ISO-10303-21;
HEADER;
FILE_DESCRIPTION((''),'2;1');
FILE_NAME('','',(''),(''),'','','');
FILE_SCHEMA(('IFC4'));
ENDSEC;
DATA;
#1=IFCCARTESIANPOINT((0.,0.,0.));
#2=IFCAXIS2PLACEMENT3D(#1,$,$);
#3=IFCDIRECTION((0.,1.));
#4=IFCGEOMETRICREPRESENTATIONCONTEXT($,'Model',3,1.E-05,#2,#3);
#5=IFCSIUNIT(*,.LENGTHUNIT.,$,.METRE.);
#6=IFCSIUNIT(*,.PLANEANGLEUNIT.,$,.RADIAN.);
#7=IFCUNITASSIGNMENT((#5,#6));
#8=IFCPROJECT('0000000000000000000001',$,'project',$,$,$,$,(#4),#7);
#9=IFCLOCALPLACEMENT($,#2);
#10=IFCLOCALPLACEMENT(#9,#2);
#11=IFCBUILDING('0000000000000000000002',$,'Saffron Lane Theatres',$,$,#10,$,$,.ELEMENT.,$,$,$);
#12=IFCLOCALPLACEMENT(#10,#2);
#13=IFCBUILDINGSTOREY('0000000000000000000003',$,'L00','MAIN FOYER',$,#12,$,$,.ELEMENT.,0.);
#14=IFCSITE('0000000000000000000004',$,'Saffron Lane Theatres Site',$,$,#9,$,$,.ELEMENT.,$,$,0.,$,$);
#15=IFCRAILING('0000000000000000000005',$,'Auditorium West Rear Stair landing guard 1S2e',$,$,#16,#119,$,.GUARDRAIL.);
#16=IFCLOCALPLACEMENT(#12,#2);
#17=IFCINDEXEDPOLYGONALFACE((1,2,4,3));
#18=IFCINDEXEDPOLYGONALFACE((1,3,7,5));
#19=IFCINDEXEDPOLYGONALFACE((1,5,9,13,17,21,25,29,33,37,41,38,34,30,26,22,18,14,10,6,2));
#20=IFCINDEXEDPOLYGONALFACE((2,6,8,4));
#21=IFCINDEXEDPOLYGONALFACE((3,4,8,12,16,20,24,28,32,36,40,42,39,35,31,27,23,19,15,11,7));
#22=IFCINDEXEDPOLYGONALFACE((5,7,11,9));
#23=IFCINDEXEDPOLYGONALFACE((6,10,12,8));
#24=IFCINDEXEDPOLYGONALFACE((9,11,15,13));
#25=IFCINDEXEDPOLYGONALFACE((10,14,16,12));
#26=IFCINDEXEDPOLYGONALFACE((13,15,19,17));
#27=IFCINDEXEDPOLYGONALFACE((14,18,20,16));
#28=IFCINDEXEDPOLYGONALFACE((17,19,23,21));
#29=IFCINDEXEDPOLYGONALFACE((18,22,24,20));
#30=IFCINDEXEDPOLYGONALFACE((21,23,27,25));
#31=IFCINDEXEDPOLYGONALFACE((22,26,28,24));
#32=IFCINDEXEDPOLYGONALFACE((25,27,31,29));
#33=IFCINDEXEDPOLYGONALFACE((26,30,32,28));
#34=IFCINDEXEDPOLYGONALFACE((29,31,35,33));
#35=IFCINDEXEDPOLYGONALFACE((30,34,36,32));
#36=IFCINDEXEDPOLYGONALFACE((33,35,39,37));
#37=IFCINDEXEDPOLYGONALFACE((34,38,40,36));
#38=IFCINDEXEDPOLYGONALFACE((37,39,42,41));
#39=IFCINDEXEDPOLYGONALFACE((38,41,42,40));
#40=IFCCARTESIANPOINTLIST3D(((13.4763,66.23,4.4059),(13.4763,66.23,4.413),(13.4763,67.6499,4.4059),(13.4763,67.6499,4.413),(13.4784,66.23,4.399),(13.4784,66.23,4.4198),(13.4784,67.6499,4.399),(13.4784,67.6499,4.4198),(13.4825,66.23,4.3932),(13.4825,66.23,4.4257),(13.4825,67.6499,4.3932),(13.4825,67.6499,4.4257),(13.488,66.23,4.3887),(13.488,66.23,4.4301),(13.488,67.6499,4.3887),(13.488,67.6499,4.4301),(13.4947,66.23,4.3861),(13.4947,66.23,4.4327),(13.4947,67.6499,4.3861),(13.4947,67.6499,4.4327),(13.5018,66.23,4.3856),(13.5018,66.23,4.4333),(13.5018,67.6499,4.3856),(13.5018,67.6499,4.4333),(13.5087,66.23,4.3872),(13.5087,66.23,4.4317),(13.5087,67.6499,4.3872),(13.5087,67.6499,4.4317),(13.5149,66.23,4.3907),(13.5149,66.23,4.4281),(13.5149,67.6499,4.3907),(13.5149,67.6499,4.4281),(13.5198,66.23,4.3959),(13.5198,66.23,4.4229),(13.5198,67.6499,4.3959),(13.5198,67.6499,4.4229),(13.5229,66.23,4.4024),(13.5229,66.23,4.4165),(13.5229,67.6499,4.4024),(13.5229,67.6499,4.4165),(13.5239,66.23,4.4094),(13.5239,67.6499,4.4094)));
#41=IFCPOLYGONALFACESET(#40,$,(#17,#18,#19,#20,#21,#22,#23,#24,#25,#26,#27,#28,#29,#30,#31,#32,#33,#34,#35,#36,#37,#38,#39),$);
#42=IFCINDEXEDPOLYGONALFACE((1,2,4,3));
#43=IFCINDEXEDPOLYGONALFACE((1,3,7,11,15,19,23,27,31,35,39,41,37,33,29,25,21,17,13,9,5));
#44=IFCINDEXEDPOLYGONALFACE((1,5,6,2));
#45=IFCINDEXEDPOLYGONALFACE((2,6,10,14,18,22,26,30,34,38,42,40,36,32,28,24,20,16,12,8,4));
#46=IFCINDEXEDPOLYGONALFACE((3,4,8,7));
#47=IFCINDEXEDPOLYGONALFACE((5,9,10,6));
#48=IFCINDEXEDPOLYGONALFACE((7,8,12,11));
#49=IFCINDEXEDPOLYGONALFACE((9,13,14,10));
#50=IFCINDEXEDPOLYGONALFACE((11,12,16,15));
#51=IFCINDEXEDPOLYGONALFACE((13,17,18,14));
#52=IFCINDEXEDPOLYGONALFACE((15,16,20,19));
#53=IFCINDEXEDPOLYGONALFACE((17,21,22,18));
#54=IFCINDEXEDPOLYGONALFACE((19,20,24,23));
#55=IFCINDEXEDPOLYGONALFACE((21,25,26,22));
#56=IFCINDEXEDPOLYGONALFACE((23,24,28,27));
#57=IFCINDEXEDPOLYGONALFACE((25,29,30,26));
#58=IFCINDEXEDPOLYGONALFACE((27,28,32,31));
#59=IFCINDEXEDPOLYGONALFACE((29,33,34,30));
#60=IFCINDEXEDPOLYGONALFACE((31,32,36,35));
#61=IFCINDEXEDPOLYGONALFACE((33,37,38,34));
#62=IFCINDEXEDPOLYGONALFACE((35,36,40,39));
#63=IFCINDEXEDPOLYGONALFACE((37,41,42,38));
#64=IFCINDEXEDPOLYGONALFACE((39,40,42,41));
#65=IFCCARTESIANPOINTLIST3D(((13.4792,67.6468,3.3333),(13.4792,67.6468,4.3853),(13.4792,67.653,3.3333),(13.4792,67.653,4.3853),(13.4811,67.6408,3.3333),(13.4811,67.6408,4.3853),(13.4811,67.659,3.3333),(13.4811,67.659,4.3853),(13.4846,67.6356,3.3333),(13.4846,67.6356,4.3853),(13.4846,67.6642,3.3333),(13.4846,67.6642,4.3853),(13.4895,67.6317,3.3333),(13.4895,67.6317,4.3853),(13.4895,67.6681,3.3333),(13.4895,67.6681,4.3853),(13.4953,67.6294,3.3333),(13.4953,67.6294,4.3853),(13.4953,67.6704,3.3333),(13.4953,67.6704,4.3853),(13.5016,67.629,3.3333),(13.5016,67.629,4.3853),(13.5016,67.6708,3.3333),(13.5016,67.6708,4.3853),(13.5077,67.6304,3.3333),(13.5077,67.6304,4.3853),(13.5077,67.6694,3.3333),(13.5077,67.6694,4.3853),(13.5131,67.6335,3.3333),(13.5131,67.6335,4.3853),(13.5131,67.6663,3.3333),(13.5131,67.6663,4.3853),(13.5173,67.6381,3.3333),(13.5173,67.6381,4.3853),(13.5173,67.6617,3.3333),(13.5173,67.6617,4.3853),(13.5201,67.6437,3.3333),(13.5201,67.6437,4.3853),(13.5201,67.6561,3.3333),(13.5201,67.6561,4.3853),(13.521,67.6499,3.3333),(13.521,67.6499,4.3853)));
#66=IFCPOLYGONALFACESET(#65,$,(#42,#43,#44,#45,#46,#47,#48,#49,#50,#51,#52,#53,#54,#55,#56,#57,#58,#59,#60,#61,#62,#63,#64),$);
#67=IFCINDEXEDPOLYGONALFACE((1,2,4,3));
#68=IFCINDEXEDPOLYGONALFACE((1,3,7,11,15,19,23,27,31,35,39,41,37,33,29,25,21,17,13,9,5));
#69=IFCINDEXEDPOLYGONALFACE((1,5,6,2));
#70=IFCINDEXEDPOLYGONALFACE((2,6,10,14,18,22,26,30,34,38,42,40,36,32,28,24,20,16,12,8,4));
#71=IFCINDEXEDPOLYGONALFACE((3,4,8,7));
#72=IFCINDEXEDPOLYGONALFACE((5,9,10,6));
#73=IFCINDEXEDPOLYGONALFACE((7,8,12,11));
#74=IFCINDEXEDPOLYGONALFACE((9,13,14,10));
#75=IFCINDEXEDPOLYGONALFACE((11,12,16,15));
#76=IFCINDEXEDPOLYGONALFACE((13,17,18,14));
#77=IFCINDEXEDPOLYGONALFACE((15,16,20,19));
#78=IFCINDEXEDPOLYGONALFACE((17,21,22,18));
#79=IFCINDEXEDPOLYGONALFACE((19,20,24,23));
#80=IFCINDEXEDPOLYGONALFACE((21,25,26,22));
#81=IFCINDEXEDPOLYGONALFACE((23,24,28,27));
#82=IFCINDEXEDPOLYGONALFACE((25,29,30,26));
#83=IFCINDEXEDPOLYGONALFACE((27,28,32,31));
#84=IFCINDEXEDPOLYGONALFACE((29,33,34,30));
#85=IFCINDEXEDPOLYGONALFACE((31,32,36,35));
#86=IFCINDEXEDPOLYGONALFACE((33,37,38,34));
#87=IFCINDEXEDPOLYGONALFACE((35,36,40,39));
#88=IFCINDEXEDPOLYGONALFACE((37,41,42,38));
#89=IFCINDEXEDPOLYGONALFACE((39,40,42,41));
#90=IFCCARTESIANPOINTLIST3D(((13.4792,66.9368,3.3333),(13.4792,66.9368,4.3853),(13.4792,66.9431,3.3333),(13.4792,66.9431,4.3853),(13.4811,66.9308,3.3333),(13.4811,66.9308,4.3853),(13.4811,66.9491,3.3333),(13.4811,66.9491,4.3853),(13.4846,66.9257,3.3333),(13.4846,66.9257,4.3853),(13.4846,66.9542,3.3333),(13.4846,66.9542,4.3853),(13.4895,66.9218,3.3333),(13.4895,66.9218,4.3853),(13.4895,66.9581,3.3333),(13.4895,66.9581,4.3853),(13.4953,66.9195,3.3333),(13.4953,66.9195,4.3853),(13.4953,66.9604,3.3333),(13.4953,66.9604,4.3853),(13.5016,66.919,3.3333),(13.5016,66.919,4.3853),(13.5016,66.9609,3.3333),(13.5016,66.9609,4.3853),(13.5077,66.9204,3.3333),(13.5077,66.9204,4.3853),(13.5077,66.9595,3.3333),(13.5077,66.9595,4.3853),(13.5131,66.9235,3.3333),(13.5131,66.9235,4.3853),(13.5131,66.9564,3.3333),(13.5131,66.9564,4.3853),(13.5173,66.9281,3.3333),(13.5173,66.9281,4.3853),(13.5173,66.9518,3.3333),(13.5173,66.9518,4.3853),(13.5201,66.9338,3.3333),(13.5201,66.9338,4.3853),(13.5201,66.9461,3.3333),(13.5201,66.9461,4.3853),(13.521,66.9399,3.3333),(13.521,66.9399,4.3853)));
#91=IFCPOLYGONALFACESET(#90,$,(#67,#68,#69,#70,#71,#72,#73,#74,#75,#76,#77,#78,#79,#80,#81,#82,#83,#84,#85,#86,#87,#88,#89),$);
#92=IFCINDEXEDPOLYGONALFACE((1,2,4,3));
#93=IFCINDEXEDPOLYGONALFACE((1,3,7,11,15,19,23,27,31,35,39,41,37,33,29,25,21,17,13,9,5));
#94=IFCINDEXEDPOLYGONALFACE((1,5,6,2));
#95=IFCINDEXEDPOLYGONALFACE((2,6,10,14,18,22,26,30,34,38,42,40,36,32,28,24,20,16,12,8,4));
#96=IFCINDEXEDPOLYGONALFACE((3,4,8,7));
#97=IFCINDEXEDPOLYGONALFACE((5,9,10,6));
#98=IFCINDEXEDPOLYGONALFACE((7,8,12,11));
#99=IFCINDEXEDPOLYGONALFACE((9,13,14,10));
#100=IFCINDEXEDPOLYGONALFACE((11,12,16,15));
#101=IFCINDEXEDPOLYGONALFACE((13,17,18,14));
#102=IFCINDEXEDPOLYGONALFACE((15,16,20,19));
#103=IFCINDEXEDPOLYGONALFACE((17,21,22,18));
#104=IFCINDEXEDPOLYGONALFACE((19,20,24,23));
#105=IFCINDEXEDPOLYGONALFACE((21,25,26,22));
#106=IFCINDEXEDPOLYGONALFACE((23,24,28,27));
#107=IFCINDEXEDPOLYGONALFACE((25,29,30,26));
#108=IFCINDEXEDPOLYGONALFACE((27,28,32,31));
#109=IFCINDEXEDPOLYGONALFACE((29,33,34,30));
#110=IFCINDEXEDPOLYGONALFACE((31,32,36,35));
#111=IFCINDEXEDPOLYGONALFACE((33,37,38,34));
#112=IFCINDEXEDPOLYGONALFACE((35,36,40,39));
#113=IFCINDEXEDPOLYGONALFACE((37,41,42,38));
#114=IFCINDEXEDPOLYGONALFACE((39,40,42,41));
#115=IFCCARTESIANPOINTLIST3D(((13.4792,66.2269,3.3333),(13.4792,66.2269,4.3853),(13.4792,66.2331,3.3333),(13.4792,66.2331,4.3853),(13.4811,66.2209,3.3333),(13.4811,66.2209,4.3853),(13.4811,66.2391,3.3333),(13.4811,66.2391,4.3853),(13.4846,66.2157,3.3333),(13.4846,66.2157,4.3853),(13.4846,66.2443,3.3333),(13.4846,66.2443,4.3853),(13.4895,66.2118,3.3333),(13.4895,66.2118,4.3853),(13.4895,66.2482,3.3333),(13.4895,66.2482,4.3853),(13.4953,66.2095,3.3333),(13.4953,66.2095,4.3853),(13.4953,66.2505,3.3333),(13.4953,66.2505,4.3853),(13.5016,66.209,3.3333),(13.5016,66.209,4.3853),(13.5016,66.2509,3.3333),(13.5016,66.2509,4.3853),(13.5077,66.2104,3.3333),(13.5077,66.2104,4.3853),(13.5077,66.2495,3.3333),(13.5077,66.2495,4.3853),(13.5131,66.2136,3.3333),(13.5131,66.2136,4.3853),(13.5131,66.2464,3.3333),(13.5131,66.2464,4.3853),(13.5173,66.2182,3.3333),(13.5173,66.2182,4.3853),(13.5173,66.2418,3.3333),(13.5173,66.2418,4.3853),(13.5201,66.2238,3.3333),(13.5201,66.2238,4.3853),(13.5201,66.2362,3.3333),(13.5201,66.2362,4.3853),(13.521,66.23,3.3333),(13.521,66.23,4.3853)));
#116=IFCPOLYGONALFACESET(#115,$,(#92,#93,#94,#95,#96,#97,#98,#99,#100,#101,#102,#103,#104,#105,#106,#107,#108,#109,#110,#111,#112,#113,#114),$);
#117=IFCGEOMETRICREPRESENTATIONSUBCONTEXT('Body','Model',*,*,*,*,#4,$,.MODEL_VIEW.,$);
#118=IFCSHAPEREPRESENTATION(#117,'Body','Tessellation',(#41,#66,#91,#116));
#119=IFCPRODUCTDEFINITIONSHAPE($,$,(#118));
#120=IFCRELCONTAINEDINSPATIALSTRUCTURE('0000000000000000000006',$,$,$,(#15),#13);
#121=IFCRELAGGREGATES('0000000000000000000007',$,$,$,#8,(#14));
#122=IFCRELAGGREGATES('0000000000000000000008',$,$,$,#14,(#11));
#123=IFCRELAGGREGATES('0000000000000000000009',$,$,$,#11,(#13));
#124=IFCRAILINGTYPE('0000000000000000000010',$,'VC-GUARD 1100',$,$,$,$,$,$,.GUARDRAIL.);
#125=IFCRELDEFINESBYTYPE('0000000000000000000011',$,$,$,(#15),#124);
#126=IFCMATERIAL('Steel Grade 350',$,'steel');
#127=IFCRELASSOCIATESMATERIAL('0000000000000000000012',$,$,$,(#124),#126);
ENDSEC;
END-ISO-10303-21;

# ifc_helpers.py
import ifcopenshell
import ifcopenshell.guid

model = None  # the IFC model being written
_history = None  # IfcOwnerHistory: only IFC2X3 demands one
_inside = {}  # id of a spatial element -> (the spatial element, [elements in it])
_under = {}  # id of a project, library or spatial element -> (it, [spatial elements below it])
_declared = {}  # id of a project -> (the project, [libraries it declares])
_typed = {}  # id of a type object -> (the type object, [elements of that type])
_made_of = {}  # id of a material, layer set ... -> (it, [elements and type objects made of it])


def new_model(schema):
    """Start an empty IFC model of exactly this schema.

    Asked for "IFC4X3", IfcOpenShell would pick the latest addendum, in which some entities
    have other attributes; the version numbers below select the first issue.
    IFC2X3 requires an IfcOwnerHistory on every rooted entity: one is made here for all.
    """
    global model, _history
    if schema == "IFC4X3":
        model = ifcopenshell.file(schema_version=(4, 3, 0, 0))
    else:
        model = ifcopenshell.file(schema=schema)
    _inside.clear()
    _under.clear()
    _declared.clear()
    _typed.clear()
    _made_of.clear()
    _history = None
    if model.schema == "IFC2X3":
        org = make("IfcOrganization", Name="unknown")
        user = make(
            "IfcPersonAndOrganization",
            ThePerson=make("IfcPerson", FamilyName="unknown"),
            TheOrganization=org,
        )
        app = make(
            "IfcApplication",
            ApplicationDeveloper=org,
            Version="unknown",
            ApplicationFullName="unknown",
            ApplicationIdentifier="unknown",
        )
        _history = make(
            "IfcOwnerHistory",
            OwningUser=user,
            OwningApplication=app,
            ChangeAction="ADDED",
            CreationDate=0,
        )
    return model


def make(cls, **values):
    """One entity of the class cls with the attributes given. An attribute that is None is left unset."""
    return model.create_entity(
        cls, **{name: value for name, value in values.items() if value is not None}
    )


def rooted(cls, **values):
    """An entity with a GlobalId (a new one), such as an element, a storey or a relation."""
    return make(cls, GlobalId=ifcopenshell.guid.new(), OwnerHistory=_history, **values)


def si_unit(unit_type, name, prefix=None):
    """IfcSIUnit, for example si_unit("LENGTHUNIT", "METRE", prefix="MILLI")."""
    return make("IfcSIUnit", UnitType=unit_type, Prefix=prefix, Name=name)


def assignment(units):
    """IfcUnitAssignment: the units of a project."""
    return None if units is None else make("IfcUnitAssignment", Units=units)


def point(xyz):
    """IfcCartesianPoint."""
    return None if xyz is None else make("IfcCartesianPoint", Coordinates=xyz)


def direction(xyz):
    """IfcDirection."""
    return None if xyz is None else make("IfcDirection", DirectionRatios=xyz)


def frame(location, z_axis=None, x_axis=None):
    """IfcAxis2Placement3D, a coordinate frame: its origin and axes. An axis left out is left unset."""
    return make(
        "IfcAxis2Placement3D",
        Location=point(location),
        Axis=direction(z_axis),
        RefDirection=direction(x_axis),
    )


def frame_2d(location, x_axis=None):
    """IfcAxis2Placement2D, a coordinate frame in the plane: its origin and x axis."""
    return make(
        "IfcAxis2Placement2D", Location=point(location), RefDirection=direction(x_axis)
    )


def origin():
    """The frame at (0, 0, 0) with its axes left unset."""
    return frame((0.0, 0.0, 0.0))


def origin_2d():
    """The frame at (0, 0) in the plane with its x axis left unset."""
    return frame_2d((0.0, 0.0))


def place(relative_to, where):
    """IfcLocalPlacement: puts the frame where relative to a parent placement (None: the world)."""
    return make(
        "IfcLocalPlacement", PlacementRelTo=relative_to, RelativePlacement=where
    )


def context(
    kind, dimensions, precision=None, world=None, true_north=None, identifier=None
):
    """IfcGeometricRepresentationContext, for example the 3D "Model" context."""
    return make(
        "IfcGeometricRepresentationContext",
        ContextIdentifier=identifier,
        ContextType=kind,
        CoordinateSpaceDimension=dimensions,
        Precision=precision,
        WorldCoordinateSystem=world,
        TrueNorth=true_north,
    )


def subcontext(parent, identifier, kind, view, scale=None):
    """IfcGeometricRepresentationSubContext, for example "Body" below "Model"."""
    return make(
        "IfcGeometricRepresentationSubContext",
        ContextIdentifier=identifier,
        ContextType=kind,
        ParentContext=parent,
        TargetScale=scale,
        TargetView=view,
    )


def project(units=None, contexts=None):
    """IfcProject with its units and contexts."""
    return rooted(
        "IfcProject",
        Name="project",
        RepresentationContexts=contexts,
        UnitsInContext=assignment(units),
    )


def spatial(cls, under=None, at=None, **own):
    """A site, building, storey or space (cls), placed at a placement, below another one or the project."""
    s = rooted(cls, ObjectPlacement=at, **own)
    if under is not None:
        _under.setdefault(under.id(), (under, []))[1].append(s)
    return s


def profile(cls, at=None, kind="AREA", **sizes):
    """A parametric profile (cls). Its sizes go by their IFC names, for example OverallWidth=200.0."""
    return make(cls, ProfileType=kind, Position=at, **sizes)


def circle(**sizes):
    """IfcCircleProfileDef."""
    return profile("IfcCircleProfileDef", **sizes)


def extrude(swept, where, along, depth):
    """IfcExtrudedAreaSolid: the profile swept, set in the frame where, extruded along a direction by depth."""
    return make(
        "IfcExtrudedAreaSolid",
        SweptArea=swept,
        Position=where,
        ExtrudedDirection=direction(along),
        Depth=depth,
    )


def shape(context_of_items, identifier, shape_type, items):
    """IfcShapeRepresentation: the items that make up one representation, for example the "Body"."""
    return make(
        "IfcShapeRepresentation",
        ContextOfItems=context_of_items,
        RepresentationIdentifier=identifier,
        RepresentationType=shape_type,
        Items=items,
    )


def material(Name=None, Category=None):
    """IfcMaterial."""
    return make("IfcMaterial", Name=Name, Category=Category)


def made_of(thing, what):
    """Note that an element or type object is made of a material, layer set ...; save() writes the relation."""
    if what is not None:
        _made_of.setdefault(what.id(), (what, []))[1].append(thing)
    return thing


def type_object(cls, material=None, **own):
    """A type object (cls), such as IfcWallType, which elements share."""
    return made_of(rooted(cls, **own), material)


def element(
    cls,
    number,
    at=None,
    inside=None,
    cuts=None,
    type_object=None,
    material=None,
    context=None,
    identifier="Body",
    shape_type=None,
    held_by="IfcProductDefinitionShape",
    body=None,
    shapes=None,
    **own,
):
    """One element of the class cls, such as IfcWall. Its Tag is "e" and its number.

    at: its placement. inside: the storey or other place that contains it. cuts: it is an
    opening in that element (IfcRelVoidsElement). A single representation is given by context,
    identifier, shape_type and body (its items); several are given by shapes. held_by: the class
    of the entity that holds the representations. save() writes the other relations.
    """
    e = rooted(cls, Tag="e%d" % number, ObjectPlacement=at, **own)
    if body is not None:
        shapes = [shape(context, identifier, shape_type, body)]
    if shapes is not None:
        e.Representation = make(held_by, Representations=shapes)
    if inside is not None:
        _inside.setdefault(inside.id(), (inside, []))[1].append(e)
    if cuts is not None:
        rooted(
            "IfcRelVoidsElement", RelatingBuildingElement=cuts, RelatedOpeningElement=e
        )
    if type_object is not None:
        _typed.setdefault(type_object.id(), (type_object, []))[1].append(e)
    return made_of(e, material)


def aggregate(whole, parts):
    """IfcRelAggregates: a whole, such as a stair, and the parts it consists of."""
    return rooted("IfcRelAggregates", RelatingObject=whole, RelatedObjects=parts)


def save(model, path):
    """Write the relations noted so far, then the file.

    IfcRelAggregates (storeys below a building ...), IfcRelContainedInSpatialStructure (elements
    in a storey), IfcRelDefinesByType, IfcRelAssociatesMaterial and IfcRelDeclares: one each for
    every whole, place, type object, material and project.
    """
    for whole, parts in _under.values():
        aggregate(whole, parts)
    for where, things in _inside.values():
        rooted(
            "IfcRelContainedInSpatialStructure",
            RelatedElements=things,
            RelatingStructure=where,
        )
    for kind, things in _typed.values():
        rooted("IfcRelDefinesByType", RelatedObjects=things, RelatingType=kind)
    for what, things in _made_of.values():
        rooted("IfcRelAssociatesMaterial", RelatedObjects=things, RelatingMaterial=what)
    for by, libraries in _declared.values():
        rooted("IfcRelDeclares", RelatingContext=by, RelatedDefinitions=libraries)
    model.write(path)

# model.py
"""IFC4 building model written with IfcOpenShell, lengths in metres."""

from ifc_helpers import new_model, si_unit, direction, frame, origin, origin_2d, place, context, subcontext, project, spatial, circle, extrude, material, type_object, element, save


model = new_model("IFC4")

# Units and contexts
model_context = context("Model", 3, precision=1e-05, world=origin(), true_north=direction((0.0, 1.0)))
body_context = subcontext(model_context, "Body", "Model", "MODEL_VIEW")
ifc_project = project(units=[si_unit("LENGTHUNIT", "METRE"), si_unit("PLANEANGLEUNIT", "RADIAN")], contexts=[model_context])

# Site, building, storey
site_placement = place(None, origin())
site = spatial("IfcSite", under=ifc_project, at=site_placement, Name="Saffron Lane Theatres Site", CompositionType="ELEMENT", RefElevation=0.0)
building_placement = place(site_placement, origin())
building = spatial("IfcBuilding", under=site, at=building_placement, Name="Saffron Lane Theatres", CompositionType="ELEMENT")
storey_placement = place(building_placement, origin())
storey = spatial("IfcBuildingStorey", under=building, at=storey_placement, Name="L00", Description="MAIN FOYER", CompositionType="ELEMENT", Elevation=0.0)

# Railing
ifc_material_1 = material(Name="Steel Grade 350", Category="steel")
railing_type_1 = type_object("IfcRailingType", Name="VC-GUARD 1100", PredefinedType="GUARDRAIL", material=ifc_material_1)
railing_1_placement = place(storey_placement, frame((13.5, 67.6499, 3.3333)))
element("IfcRailing", 1, at=railing_1_placement, inside=storey, type_object=railing_type_1, Name="Auditorium West Rear Stair landing guard 1S2e", PredefinedType="GUARDRAIL", context=body_context, shape_type="SweptSolid", body=[
    extrude(circle(Radius=0.0239, at=origin_2d()), frame((0.0, 0.0, 1.0762), z_axis=(0.0, -1.0, 0.0), x_axis=(1.0, 0.0, 0.0)), (0.0, 0.0, 1.0), 1.4199),
    extrude(circle(Radius=0.021, at=origin_2d()), origin(), (0.0, 0.0, 1.0), 1.052),
    extrude(circle(Radius=0.021, at=origin_2d()), frame((0.0, -0.71, 0.0)), (0.0, 0.0, 1.0), 1.052),
    extrude(circle(Radius=0.021, at=origin_2d()), frame((0.0, -1.4199, 0.0)), (0.0, 0.0, 1.0), 1.052),
])

save(model, "model.ifc")
